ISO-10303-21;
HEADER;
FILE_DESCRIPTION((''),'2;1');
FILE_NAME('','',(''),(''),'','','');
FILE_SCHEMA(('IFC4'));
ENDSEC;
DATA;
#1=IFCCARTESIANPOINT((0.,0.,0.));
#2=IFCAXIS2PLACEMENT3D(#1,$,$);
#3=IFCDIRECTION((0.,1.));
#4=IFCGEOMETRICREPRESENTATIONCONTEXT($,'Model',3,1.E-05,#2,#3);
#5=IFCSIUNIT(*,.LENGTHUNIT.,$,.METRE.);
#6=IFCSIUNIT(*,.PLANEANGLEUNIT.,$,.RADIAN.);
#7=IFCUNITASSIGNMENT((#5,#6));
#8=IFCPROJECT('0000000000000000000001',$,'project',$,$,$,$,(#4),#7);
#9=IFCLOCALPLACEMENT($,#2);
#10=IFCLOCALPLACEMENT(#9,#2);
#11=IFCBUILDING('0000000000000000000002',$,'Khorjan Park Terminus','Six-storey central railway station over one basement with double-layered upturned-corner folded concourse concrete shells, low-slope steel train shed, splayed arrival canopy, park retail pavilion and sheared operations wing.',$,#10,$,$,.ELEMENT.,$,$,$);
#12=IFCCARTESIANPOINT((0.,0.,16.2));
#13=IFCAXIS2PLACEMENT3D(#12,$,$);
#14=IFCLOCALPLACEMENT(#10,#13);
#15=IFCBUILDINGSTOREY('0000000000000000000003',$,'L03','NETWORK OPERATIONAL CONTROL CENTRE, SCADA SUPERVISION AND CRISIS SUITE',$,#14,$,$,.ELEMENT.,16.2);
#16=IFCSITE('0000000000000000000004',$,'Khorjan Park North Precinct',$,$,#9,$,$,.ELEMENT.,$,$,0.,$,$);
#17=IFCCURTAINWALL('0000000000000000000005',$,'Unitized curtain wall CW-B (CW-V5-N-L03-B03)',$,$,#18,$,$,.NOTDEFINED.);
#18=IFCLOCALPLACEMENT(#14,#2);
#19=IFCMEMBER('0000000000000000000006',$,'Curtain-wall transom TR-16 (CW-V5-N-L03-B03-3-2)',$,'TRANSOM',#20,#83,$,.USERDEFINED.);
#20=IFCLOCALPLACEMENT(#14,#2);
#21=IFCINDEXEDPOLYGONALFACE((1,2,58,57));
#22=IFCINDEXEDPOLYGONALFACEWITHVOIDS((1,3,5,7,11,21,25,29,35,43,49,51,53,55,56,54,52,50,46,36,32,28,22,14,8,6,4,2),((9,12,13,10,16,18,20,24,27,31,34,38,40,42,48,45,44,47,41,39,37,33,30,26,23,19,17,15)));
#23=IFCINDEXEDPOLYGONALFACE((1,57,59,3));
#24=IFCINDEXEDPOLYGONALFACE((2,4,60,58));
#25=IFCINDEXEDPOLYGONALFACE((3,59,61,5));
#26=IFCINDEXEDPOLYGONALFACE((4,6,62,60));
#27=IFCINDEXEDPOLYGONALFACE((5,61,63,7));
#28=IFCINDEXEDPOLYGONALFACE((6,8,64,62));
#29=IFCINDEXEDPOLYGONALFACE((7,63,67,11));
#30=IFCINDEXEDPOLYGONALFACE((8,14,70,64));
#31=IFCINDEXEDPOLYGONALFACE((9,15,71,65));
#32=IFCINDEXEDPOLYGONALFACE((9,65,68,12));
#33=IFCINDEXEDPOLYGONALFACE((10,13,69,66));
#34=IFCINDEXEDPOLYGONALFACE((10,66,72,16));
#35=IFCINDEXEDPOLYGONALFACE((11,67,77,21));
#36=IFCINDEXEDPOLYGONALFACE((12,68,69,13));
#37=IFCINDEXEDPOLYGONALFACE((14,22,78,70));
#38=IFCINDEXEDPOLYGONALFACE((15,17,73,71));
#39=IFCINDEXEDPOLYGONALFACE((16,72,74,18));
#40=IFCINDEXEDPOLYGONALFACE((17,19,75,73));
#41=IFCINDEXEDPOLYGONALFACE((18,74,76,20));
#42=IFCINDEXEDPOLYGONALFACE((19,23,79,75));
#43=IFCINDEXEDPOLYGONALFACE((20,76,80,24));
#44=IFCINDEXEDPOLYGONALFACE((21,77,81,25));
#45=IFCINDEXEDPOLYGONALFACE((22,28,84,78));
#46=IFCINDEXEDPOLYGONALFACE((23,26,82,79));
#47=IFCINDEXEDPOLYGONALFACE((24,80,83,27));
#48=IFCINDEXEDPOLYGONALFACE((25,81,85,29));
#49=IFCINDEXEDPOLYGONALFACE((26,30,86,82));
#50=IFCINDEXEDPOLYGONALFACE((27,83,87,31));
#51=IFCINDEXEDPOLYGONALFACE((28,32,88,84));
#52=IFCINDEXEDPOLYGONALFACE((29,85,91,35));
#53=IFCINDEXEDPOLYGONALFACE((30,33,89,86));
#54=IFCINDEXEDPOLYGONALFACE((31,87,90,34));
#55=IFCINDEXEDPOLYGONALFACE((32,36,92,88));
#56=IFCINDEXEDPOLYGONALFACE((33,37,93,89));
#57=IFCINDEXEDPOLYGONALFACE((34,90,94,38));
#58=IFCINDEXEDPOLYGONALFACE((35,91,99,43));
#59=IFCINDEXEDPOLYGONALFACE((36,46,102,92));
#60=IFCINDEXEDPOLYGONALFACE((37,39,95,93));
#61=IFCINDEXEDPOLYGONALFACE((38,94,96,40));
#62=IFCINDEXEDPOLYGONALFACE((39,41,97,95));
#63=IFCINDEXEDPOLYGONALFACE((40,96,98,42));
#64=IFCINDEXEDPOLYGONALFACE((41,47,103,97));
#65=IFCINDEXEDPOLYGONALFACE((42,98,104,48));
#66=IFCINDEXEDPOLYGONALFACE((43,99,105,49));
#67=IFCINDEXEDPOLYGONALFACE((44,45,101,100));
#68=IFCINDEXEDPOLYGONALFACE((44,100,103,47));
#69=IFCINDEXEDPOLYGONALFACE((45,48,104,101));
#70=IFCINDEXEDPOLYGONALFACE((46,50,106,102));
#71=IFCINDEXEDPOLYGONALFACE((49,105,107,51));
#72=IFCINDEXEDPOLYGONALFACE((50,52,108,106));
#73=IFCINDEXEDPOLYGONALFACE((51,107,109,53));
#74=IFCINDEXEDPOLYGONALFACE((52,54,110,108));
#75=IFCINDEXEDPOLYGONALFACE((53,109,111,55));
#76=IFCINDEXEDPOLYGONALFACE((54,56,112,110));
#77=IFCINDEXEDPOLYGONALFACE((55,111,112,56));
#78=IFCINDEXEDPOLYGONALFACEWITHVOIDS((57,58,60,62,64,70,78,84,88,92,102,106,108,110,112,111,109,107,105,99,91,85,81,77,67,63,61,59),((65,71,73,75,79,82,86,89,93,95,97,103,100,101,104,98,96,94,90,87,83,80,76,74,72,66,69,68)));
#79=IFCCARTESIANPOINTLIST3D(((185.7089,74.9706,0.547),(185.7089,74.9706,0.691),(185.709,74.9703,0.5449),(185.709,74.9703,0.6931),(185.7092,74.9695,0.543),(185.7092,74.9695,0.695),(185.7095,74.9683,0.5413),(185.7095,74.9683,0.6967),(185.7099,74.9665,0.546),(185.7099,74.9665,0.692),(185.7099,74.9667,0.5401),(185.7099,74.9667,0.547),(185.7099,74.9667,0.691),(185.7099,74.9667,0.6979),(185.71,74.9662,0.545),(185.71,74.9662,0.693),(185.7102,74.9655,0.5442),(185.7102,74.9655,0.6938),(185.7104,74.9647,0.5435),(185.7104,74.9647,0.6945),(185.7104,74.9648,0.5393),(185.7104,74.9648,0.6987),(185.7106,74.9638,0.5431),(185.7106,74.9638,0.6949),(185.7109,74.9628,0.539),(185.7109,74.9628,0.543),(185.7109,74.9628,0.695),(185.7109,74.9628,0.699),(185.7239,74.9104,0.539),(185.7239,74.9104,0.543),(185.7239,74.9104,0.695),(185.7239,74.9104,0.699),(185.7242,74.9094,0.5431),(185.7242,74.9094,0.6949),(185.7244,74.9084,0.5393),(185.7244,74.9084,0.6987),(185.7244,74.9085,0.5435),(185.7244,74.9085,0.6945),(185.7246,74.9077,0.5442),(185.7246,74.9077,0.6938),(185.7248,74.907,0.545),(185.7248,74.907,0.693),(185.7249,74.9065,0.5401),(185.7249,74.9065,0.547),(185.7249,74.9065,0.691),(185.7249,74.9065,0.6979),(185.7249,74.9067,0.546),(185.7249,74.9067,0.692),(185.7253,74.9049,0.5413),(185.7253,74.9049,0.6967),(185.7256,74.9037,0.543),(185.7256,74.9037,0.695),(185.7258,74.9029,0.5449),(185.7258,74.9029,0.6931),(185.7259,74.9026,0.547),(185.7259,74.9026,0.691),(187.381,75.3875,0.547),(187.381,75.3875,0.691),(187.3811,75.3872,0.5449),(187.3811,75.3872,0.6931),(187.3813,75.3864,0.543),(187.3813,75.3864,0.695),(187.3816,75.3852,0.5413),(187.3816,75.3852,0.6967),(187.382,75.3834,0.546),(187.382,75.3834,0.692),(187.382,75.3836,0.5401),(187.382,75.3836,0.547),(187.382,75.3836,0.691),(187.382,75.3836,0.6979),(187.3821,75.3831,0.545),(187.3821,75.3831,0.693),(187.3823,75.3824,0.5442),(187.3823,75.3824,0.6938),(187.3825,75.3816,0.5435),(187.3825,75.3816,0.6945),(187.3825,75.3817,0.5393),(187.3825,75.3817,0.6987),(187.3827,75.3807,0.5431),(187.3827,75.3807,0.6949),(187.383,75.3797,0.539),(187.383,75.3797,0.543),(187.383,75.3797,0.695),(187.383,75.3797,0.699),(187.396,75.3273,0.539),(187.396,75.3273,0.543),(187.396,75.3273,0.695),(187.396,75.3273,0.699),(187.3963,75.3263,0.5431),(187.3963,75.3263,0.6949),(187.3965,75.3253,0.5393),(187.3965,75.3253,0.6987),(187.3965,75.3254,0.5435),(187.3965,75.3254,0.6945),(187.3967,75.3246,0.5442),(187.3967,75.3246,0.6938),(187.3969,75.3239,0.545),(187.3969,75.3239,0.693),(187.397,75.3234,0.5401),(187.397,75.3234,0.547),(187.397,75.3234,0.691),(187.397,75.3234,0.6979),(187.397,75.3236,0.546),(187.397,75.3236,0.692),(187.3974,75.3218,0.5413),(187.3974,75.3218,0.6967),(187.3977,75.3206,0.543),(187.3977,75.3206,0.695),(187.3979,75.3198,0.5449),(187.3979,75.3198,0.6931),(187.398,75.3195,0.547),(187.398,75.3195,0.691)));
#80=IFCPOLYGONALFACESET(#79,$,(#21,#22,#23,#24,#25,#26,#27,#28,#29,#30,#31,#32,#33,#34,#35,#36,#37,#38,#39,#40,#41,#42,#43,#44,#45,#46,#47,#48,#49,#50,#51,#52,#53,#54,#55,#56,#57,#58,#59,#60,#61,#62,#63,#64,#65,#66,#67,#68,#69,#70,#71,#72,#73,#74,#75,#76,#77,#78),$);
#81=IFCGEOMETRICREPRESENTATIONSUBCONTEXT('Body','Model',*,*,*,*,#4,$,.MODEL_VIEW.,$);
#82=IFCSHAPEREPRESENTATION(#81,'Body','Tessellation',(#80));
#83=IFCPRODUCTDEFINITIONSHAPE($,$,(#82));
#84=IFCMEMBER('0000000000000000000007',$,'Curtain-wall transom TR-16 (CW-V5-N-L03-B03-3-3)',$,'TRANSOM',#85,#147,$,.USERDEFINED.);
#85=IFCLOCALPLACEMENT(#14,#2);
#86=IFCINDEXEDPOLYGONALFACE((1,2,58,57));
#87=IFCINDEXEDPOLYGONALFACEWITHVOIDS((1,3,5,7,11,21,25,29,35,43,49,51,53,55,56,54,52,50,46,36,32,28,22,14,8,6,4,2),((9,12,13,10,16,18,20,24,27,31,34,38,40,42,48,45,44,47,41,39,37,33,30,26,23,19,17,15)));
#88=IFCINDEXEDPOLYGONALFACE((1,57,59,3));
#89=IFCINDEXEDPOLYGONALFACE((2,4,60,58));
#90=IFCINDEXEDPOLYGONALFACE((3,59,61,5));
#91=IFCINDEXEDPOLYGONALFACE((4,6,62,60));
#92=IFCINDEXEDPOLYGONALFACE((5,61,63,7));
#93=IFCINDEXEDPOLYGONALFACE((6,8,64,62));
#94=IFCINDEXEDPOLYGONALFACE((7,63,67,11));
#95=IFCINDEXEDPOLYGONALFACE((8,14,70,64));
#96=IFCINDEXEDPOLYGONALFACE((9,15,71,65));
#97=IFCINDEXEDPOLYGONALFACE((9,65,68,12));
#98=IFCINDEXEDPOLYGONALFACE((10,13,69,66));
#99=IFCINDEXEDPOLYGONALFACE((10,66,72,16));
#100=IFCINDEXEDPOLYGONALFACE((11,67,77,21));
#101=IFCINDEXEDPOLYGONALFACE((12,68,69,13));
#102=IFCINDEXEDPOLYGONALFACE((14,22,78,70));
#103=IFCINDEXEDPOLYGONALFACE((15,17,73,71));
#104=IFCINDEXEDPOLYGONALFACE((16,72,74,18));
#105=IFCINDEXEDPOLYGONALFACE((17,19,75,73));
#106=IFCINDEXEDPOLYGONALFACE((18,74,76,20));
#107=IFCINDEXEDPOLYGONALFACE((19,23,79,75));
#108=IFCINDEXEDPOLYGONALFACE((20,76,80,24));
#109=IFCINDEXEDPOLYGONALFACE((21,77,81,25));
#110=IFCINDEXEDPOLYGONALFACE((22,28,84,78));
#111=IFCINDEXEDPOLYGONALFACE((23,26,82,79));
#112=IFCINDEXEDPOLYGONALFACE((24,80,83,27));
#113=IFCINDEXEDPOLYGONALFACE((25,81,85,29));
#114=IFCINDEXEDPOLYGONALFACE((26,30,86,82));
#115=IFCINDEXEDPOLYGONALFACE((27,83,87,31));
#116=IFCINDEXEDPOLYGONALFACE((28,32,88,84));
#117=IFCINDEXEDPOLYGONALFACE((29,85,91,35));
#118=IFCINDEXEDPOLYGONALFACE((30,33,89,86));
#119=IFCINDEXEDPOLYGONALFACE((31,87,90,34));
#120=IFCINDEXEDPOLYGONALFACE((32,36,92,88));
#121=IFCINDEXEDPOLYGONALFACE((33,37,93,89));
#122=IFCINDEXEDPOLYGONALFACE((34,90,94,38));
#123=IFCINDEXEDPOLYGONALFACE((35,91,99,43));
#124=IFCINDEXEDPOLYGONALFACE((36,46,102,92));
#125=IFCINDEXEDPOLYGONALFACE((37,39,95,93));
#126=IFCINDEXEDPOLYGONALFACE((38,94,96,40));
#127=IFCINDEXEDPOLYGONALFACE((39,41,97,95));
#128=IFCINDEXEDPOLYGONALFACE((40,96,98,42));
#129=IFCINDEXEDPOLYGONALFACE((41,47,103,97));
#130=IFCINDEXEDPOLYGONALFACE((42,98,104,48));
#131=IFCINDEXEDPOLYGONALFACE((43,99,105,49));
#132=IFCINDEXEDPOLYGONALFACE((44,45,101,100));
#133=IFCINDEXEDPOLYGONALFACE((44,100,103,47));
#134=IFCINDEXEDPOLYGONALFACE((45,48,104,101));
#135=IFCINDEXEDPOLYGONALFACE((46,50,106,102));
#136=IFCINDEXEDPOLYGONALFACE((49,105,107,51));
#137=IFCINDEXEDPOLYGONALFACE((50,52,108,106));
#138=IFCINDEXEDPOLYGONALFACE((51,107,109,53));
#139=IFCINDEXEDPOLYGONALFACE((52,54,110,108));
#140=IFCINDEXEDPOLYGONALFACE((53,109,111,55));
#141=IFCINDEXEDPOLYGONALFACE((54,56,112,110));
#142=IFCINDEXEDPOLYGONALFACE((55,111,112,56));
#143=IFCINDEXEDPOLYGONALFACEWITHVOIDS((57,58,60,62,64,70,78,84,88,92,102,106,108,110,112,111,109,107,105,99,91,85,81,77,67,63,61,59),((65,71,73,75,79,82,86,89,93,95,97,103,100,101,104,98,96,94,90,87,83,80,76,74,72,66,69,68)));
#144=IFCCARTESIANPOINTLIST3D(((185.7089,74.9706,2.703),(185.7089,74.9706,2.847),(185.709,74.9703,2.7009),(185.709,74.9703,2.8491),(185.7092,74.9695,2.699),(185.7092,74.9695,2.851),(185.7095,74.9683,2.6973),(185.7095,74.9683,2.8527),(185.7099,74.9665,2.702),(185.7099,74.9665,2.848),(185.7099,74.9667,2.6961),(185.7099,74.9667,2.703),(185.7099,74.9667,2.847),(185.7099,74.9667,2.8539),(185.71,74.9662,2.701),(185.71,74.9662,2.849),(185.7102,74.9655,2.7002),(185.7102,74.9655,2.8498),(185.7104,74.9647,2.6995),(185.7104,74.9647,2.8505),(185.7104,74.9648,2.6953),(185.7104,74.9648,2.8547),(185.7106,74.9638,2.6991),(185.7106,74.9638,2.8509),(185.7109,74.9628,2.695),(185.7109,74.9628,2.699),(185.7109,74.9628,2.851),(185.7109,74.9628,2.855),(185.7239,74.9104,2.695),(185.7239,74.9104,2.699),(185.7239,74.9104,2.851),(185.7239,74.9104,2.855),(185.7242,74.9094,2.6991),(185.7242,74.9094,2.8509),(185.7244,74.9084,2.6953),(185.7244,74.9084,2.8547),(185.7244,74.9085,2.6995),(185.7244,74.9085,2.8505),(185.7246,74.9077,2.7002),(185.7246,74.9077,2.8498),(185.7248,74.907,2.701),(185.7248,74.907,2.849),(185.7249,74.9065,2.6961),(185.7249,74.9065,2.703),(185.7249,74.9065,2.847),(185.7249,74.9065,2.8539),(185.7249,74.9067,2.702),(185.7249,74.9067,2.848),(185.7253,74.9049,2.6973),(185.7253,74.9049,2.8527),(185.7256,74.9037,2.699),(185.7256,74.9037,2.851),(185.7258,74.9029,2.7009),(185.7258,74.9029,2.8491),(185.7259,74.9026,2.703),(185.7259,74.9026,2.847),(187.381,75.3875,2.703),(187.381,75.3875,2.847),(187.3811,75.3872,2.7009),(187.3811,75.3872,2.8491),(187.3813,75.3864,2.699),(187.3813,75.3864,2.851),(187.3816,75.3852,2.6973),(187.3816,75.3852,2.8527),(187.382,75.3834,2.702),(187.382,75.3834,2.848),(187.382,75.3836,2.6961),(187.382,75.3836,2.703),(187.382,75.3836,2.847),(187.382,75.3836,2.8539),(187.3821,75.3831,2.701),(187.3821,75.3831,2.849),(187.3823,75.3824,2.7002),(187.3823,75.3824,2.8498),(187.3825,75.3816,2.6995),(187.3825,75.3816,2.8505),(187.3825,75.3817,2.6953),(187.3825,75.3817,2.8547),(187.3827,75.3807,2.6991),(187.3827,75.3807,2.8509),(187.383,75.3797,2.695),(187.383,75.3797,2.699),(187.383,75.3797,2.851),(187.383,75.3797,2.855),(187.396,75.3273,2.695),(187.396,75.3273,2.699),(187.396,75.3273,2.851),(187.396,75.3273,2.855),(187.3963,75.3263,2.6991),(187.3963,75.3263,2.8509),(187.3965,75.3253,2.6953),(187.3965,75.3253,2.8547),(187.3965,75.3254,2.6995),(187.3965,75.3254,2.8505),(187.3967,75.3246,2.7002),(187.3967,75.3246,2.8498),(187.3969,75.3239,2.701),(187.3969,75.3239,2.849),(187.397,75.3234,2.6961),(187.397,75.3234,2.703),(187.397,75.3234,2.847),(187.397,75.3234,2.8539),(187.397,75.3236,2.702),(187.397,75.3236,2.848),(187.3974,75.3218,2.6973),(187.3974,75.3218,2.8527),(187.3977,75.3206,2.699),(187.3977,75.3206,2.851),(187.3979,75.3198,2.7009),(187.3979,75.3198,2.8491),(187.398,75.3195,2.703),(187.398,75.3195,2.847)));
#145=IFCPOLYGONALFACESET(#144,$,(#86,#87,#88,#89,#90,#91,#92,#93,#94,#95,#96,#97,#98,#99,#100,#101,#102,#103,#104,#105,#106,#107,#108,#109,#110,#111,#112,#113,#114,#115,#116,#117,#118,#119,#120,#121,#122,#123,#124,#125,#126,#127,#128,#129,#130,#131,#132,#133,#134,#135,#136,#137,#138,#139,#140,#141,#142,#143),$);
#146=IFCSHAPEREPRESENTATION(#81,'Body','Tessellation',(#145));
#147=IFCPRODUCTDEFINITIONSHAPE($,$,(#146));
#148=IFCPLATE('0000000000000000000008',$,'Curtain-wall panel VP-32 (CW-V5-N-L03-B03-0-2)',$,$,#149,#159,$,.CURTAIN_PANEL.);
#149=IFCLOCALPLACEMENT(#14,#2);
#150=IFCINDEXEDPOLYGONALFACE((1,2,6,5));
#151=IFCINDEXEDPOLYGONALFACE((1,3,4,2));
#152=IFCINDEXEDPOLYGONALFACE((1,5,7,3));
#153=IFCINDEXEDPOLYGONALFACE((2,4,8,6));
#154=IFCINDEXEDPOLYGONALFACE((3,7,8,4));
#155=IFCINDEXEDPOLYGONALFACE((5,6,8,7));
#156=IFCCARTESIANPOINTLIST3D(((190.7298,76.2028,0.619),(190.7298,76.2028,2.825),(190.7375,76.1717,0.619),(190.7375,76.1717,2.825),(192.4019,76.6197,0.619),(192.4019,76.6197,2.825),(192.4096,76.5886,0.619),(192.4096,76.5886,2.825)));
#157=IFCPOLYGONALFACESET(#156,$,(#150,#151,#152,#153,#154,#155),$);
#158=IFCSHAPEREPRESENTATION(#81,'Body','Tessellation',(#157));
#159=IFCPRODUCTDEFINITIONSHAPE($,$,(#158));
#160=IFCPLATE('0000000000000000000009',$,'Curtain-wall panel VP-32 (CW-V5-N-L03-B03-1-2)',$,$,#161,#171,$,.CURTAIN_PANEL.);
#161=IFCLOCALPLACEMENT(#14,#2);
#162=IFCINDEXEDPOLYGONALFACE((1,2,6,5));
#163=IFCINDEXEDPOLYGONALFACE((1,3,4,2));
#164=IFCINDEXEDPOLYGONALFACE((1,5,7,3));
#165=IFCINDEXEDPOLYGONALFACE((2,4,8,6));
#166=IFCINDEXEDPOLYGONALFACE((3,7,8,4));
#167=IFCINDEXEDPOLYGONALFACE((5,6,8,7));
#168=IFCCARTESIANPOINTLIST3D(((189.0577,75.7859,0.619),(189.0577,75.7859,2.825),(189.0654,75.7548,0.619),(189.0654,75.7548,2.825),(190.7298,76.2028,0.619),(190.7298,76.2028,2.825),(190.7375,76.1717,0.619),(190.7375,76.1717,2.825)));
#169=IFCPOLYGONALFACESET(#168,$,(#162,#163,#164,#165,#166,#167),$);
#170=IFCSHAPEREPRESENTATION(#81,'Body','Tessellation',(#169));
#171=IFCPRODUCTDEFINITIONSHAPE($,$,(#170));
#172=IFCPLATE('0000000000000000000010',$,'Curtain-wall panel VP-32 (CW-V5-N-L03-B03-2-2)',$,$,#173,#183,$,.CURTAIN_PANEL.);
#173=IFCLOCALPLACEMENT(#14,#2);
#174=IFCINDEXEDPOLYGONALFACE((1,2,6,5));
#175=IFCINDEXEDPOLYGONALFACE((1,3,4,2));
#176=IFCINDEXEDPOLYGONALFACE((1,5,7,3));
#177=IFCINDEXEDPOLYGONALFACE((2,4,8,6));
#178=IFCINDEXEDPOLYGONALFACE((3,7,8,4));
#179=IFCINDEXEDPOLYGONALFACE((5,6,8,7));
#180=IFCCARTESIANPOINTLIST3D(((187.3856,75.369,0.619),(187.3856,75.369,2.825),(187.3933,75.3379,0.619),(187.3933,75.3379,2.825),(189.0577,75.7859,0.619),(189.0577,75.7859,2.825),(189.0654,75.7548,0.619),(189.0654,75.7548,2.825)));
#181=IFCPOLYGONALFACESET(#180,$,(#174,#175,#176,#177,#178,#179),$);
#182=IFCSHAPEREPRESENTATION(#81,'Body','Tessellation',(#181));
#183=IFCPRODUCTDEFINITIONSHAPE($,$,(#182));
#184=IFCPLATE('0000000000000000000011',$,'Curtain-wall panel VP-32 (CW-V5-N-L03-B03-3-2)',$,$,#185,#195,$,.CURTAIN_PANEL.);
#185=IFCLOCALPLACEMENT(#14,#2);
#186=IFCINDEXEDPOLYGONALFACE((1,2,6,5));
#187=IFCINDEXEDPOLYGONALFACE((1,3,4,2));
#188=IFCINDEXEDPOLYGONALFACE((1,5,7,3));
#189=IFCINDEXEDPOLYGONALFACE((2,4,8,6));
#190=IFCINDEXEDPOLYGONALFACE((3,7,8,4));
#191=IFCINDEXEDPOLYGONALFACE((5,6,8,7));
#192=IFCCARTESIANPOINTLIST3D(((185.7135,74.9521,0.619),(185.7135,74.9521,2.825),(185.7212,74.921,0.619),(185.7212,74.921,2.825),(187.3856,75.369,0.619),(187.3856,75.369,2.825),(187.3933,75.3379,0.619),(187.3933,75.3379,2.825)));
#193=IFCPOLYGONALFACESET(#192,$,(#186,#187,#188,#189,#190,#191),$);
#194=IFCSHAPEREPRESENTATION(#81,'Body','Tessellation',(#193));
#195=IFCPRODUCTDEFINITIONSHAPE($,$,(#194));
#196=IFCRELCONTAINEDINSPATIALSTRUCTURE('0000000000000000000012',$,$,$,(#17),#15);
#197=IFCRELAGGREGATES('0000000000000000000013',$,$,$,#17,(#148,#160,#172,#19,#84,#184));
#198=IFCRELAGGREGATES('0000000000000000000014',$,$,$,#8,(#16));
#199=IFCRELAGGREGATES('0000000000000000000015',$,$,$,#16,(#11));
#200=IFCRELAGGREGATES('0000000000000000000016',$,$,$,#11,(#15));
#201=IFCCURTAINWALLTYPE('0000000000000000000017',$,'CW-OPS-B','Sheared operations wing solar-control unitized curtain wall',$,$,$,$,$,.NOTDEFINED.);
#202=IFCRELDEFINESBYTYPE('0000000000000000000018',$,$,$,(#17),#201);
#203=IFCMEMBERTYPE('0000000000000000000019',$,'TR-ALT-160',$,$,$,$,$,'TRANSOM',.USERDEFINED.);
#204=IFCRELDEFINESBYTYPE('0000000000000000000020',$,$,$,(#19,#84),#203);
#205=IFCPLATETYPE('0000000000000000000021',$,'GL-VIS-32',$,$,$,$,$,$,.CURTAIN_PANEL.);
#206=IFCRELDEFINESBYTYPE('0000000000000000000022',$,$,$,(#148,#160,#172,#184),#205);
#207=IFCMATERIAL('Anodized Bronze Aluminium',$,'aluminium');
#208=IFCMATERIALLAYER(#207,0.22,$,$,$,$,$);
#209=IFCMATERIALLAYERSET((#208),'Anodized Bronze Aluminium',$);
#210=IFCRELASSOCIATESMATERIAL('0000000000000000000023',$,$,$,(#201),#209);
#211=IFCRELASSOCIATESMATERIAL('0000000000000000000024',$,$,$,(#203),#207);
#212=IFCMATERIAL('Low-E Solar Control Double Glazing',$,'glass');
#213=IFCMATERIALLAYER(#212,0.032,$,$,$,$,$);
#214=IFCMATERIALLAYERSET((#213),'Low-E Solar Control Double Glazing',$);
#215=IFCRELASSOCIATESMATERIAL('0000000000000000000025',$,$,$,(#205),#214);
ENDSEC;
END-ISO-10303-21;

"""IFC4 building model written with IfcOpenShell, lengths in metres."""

from ifc_helpers import new_model, si_unit, direction, frame, origin, origin_2d, place, context, subcontext, project, spatial, rectangle, hollow_rectangle, extrude, material, layer, layer_set, material_profile, profile_set, type_object, element, aggregate, save


model = new_model("IFC4")

# Units and contexts
model_context = context("Model", 3, precision=1e-05, world=origin(), true_north=direction((0.0, 1.0)))
body_context = subcontext(model_context, "Body", "Model", "MODEL_VIEW")
ifc_project = project(units=[si_unit("LENGTHUNIT", "METRE"), si_unit("PLANEANGLEUNIT", "RADIAN")], contexts=[model_context])

# Site, building, storey
site_placement = place(None, origin())
site = spatial("IfcSite", under=ifc_project, at=site_placement, Name="Khorjan Park North Precinct", CompositionType="ELEMENT", RefElevation=0.0)
building_placement = place(site_placement, origin())
building = spatial("IfcBuilding", under=site, at=building_placement, Name="Khorjan Park Terminus", Description="Six-storey central railway station over one basement with double-layered upturned-corner folded concourse concrete shells, low-slope steel train shed, splayed arrival canopy, park retail pavilion and sheared operations wing.", CompositionType="ELEMENT")
storey_placement = place(building_placement, frame((0.0, 0.0, 16.2)))
storey = spatial("IfcBuildingStorey", under=building, at=storey_placement, Name="L03", Description="NETWORK OPERATIONAL CONTROL CENTRE, SCADA SUPERVISION AND CRISIS SUITE", CompositionType="ELEMENT", Elevation=16.2)

# Curtain wall, members, plates
ifc_material_1 = material(Name="Anodized Bronze Aluminium", Category="aluminium")
ifc_layer_1 = layer(ifc_material_1, 0.22)
ifc_layer_set_1 = layer_set([ifc_layer_1], Name="Anodized Bronze Aluminium")
curtain_wall_type = type_object("IfcCurtainWallType", Name="CW-OPS-B", Description="Sheared operations wing solar-control unitized curtain wall", PredefinedType="NOTDEFINED", material=ifc_layer_set_1)
curtain_wall_placement = place(storey_placement, origin())
curtain_wall = element("IfcCurtainWall", 1, at=curtain_wall_placement, inside=storey, type_object=curtain_wall_type, Name="Unitized curtain wall CW-B (CW-V5-N-L03-B03)", PredefinedType="NOTDEFINED")
ifc_material_profile_1 = material_profile(ifc_material_1, hollow_rectangle(XDim=0.07, YDim=0.16, WallThickness=0.004, InnerFilletRadius=0.004, OuterFilletRadius=0.008, at=origin_2d()), Name="ALT 70x160x4")
ifc_profile_set_1 = profile_set([ifc_material_profile_1], Name="Anodized Bronze Aluminium")
member_type_1 = type_object("IfcMemberType", Name="TR-ALT-160", ElementType="TRANSOM", PredefinedType="USERDEFINED", material=ifc_profile_set_1)
member_1_placement = place(storey_placement, frame((187.3895, 75.3535, 0.619), z_axis=(-0.970296, -0.241921, 0.0), x_axis=(0.241921, -0.970296, 0.0)))
member_1 = element("IfcMember", 2, at=member_1_placement, type_object=member_type_1, Name="Curtain-wall transom TR-16 (CW-V5-N-L03-B03-3-2)", ObjectType="TRANSOM", PredefinedType="USERDEFINED", context=body_context, shape_type="SweptSolid", body=[
    extrude(hollow_rectangle(XDim=0.07, YDim=0.16, WallThickness=0.004, InnerFilletRadius=0.004, OuterFilletRadius=0.008, at=origin_2d()), origin(), (0.0, 0.0, 1.0), 1.7233),
])
member_2_placement = place(storey_placement, frame((187.3895, 75.3535, 2.775), z_axis=(-0.970296, -0.241921, 0.0), x_axis=(0.241921, -0.970296, 0.0)))
member_2 = element("IfcMember", 3, at=member_2_placement, type_object=member_type_1, Name="Curtain-wall transom TR-16 (CW-V5-N-L03-B03-3-3)", ObjectType="TRANSOM", PredefinedType="USERDEFINED", context=body_context, shape_type="SweptSolid", body=[
    extrude(hollow_rectangle(XDim=0.07, YDim=0.16, WallThickness=0.004, InnerFilletRadius=0.004, OuterFilletRadius=0.008, at=origin_2d()), origin(), (0.0, 0.0, 1.0), 1.7233),
])
ifc_material_2 = material(Name="Low-E Solar Control Double Glazing", Category="glass")
ifc_layer_2 = layer(ifc_material_2, 0.032)
ifc_layer_set_2 = layer_set([ifc_layer_2], Name="Low-E Solar Control Double Glazing")
plate_type_1 = type_object("IfcPlateType", Name="GL-VIS-32", PredefinedType="CURTAIN_PANEL", material=ifc_layer_set_2)
plate_1_placement = place(storey_placement, frame((191.5697, 76.3957, 0.619), z_axis=(0.0, 0.0, 1.0), x_axis=(-0.970296, -0.241921, 0.0)))
plate_1 = element("IfcPlate", 4, at=plate_1_placement, type_object=plate_type_1, Name="Curtain-wall panel VP-32 (CW-V5-N-L03-B03-0-2)", PredefinedType="CURTAIN_PANEL", context=body_context, shape_type="SweptSolid", body=[
    extrude(rectangle(XDim=1.7233, YDim=0.032, at=origin_2d()), origin(), (0.0, 0.0, 1.0), 2.206),
])
plate_2_placement = place(storey_placement, frame((189.8976, 75.9788, 0.619), z_axis=(0.0, 0.0, 1.0), x_axis=(-0.970296, -0.241921, 0.0)))
plate_2 = element("IfcPlate", 5, at=plate_2_placement, type_object=plate_type_1, Name="Curtain-wall panel VP-32 (CW-V5-N-L03-B03-1-2)", PredefinedType="CURTAIN_PANEL", context=body_context, shape_type="SweptSolid", body=[
    extrude(rectangle(XDim=1.7233, YDim=0.032, at=origin_2d()), origin(), (0.0, 0.0, 1.0), 2.206),
])
plate_3_placement = place(storey_placement, frame((188.2255, 75.5619, 0.619), z_axis=(0.0, 0.0, 1.0), x_axis=(-0.970296, -0.241921, 0.0)))
plate_3 = element("IfcPlate", 6, at=plate_3_placement, type_object=plate_type_1, Name="Curtain-wall panel VP-32 (CW-V5-N-L03-B03-2-2)", PredefinedType="CURTAIN_PANEL", context=body_context, shape_type="SweptSolid", body=[
    extrude(rectangle(XDim=1.7233, YDim=0.032, at=origin_2d()), origin(), (0.0, 0.0, 1.0), 2.206),
])
plate_4_placement = place(storey_placement, frame((186.5534, 75.145, 0.619), z_axis=(0.0, 0.0, 1.0), x_axis=(-0.970296, -0.241921, 0.0)))
plate_4 = element("IfcPlate", 7, at=plate_4_placement, type_object=plate_type_1, Name="Curtain-wall panel VP-32 (CW-V5-N-L03-B03-3-2)", PredefinedType="CURTAIN_PANEL", context=body_context, shape_type="SweptSolid", body=[
    extrude(rectangle(XDim=1.7233, YDim=0.032, at=origin_2d()), origin(), (0.0, 0.0, 1.0), 2.206),
])
aggregate(curtain_wall, [plate_1, plate_2, plate_3, member_1, member_2, plate_4])

save(model, "model.ifc")
